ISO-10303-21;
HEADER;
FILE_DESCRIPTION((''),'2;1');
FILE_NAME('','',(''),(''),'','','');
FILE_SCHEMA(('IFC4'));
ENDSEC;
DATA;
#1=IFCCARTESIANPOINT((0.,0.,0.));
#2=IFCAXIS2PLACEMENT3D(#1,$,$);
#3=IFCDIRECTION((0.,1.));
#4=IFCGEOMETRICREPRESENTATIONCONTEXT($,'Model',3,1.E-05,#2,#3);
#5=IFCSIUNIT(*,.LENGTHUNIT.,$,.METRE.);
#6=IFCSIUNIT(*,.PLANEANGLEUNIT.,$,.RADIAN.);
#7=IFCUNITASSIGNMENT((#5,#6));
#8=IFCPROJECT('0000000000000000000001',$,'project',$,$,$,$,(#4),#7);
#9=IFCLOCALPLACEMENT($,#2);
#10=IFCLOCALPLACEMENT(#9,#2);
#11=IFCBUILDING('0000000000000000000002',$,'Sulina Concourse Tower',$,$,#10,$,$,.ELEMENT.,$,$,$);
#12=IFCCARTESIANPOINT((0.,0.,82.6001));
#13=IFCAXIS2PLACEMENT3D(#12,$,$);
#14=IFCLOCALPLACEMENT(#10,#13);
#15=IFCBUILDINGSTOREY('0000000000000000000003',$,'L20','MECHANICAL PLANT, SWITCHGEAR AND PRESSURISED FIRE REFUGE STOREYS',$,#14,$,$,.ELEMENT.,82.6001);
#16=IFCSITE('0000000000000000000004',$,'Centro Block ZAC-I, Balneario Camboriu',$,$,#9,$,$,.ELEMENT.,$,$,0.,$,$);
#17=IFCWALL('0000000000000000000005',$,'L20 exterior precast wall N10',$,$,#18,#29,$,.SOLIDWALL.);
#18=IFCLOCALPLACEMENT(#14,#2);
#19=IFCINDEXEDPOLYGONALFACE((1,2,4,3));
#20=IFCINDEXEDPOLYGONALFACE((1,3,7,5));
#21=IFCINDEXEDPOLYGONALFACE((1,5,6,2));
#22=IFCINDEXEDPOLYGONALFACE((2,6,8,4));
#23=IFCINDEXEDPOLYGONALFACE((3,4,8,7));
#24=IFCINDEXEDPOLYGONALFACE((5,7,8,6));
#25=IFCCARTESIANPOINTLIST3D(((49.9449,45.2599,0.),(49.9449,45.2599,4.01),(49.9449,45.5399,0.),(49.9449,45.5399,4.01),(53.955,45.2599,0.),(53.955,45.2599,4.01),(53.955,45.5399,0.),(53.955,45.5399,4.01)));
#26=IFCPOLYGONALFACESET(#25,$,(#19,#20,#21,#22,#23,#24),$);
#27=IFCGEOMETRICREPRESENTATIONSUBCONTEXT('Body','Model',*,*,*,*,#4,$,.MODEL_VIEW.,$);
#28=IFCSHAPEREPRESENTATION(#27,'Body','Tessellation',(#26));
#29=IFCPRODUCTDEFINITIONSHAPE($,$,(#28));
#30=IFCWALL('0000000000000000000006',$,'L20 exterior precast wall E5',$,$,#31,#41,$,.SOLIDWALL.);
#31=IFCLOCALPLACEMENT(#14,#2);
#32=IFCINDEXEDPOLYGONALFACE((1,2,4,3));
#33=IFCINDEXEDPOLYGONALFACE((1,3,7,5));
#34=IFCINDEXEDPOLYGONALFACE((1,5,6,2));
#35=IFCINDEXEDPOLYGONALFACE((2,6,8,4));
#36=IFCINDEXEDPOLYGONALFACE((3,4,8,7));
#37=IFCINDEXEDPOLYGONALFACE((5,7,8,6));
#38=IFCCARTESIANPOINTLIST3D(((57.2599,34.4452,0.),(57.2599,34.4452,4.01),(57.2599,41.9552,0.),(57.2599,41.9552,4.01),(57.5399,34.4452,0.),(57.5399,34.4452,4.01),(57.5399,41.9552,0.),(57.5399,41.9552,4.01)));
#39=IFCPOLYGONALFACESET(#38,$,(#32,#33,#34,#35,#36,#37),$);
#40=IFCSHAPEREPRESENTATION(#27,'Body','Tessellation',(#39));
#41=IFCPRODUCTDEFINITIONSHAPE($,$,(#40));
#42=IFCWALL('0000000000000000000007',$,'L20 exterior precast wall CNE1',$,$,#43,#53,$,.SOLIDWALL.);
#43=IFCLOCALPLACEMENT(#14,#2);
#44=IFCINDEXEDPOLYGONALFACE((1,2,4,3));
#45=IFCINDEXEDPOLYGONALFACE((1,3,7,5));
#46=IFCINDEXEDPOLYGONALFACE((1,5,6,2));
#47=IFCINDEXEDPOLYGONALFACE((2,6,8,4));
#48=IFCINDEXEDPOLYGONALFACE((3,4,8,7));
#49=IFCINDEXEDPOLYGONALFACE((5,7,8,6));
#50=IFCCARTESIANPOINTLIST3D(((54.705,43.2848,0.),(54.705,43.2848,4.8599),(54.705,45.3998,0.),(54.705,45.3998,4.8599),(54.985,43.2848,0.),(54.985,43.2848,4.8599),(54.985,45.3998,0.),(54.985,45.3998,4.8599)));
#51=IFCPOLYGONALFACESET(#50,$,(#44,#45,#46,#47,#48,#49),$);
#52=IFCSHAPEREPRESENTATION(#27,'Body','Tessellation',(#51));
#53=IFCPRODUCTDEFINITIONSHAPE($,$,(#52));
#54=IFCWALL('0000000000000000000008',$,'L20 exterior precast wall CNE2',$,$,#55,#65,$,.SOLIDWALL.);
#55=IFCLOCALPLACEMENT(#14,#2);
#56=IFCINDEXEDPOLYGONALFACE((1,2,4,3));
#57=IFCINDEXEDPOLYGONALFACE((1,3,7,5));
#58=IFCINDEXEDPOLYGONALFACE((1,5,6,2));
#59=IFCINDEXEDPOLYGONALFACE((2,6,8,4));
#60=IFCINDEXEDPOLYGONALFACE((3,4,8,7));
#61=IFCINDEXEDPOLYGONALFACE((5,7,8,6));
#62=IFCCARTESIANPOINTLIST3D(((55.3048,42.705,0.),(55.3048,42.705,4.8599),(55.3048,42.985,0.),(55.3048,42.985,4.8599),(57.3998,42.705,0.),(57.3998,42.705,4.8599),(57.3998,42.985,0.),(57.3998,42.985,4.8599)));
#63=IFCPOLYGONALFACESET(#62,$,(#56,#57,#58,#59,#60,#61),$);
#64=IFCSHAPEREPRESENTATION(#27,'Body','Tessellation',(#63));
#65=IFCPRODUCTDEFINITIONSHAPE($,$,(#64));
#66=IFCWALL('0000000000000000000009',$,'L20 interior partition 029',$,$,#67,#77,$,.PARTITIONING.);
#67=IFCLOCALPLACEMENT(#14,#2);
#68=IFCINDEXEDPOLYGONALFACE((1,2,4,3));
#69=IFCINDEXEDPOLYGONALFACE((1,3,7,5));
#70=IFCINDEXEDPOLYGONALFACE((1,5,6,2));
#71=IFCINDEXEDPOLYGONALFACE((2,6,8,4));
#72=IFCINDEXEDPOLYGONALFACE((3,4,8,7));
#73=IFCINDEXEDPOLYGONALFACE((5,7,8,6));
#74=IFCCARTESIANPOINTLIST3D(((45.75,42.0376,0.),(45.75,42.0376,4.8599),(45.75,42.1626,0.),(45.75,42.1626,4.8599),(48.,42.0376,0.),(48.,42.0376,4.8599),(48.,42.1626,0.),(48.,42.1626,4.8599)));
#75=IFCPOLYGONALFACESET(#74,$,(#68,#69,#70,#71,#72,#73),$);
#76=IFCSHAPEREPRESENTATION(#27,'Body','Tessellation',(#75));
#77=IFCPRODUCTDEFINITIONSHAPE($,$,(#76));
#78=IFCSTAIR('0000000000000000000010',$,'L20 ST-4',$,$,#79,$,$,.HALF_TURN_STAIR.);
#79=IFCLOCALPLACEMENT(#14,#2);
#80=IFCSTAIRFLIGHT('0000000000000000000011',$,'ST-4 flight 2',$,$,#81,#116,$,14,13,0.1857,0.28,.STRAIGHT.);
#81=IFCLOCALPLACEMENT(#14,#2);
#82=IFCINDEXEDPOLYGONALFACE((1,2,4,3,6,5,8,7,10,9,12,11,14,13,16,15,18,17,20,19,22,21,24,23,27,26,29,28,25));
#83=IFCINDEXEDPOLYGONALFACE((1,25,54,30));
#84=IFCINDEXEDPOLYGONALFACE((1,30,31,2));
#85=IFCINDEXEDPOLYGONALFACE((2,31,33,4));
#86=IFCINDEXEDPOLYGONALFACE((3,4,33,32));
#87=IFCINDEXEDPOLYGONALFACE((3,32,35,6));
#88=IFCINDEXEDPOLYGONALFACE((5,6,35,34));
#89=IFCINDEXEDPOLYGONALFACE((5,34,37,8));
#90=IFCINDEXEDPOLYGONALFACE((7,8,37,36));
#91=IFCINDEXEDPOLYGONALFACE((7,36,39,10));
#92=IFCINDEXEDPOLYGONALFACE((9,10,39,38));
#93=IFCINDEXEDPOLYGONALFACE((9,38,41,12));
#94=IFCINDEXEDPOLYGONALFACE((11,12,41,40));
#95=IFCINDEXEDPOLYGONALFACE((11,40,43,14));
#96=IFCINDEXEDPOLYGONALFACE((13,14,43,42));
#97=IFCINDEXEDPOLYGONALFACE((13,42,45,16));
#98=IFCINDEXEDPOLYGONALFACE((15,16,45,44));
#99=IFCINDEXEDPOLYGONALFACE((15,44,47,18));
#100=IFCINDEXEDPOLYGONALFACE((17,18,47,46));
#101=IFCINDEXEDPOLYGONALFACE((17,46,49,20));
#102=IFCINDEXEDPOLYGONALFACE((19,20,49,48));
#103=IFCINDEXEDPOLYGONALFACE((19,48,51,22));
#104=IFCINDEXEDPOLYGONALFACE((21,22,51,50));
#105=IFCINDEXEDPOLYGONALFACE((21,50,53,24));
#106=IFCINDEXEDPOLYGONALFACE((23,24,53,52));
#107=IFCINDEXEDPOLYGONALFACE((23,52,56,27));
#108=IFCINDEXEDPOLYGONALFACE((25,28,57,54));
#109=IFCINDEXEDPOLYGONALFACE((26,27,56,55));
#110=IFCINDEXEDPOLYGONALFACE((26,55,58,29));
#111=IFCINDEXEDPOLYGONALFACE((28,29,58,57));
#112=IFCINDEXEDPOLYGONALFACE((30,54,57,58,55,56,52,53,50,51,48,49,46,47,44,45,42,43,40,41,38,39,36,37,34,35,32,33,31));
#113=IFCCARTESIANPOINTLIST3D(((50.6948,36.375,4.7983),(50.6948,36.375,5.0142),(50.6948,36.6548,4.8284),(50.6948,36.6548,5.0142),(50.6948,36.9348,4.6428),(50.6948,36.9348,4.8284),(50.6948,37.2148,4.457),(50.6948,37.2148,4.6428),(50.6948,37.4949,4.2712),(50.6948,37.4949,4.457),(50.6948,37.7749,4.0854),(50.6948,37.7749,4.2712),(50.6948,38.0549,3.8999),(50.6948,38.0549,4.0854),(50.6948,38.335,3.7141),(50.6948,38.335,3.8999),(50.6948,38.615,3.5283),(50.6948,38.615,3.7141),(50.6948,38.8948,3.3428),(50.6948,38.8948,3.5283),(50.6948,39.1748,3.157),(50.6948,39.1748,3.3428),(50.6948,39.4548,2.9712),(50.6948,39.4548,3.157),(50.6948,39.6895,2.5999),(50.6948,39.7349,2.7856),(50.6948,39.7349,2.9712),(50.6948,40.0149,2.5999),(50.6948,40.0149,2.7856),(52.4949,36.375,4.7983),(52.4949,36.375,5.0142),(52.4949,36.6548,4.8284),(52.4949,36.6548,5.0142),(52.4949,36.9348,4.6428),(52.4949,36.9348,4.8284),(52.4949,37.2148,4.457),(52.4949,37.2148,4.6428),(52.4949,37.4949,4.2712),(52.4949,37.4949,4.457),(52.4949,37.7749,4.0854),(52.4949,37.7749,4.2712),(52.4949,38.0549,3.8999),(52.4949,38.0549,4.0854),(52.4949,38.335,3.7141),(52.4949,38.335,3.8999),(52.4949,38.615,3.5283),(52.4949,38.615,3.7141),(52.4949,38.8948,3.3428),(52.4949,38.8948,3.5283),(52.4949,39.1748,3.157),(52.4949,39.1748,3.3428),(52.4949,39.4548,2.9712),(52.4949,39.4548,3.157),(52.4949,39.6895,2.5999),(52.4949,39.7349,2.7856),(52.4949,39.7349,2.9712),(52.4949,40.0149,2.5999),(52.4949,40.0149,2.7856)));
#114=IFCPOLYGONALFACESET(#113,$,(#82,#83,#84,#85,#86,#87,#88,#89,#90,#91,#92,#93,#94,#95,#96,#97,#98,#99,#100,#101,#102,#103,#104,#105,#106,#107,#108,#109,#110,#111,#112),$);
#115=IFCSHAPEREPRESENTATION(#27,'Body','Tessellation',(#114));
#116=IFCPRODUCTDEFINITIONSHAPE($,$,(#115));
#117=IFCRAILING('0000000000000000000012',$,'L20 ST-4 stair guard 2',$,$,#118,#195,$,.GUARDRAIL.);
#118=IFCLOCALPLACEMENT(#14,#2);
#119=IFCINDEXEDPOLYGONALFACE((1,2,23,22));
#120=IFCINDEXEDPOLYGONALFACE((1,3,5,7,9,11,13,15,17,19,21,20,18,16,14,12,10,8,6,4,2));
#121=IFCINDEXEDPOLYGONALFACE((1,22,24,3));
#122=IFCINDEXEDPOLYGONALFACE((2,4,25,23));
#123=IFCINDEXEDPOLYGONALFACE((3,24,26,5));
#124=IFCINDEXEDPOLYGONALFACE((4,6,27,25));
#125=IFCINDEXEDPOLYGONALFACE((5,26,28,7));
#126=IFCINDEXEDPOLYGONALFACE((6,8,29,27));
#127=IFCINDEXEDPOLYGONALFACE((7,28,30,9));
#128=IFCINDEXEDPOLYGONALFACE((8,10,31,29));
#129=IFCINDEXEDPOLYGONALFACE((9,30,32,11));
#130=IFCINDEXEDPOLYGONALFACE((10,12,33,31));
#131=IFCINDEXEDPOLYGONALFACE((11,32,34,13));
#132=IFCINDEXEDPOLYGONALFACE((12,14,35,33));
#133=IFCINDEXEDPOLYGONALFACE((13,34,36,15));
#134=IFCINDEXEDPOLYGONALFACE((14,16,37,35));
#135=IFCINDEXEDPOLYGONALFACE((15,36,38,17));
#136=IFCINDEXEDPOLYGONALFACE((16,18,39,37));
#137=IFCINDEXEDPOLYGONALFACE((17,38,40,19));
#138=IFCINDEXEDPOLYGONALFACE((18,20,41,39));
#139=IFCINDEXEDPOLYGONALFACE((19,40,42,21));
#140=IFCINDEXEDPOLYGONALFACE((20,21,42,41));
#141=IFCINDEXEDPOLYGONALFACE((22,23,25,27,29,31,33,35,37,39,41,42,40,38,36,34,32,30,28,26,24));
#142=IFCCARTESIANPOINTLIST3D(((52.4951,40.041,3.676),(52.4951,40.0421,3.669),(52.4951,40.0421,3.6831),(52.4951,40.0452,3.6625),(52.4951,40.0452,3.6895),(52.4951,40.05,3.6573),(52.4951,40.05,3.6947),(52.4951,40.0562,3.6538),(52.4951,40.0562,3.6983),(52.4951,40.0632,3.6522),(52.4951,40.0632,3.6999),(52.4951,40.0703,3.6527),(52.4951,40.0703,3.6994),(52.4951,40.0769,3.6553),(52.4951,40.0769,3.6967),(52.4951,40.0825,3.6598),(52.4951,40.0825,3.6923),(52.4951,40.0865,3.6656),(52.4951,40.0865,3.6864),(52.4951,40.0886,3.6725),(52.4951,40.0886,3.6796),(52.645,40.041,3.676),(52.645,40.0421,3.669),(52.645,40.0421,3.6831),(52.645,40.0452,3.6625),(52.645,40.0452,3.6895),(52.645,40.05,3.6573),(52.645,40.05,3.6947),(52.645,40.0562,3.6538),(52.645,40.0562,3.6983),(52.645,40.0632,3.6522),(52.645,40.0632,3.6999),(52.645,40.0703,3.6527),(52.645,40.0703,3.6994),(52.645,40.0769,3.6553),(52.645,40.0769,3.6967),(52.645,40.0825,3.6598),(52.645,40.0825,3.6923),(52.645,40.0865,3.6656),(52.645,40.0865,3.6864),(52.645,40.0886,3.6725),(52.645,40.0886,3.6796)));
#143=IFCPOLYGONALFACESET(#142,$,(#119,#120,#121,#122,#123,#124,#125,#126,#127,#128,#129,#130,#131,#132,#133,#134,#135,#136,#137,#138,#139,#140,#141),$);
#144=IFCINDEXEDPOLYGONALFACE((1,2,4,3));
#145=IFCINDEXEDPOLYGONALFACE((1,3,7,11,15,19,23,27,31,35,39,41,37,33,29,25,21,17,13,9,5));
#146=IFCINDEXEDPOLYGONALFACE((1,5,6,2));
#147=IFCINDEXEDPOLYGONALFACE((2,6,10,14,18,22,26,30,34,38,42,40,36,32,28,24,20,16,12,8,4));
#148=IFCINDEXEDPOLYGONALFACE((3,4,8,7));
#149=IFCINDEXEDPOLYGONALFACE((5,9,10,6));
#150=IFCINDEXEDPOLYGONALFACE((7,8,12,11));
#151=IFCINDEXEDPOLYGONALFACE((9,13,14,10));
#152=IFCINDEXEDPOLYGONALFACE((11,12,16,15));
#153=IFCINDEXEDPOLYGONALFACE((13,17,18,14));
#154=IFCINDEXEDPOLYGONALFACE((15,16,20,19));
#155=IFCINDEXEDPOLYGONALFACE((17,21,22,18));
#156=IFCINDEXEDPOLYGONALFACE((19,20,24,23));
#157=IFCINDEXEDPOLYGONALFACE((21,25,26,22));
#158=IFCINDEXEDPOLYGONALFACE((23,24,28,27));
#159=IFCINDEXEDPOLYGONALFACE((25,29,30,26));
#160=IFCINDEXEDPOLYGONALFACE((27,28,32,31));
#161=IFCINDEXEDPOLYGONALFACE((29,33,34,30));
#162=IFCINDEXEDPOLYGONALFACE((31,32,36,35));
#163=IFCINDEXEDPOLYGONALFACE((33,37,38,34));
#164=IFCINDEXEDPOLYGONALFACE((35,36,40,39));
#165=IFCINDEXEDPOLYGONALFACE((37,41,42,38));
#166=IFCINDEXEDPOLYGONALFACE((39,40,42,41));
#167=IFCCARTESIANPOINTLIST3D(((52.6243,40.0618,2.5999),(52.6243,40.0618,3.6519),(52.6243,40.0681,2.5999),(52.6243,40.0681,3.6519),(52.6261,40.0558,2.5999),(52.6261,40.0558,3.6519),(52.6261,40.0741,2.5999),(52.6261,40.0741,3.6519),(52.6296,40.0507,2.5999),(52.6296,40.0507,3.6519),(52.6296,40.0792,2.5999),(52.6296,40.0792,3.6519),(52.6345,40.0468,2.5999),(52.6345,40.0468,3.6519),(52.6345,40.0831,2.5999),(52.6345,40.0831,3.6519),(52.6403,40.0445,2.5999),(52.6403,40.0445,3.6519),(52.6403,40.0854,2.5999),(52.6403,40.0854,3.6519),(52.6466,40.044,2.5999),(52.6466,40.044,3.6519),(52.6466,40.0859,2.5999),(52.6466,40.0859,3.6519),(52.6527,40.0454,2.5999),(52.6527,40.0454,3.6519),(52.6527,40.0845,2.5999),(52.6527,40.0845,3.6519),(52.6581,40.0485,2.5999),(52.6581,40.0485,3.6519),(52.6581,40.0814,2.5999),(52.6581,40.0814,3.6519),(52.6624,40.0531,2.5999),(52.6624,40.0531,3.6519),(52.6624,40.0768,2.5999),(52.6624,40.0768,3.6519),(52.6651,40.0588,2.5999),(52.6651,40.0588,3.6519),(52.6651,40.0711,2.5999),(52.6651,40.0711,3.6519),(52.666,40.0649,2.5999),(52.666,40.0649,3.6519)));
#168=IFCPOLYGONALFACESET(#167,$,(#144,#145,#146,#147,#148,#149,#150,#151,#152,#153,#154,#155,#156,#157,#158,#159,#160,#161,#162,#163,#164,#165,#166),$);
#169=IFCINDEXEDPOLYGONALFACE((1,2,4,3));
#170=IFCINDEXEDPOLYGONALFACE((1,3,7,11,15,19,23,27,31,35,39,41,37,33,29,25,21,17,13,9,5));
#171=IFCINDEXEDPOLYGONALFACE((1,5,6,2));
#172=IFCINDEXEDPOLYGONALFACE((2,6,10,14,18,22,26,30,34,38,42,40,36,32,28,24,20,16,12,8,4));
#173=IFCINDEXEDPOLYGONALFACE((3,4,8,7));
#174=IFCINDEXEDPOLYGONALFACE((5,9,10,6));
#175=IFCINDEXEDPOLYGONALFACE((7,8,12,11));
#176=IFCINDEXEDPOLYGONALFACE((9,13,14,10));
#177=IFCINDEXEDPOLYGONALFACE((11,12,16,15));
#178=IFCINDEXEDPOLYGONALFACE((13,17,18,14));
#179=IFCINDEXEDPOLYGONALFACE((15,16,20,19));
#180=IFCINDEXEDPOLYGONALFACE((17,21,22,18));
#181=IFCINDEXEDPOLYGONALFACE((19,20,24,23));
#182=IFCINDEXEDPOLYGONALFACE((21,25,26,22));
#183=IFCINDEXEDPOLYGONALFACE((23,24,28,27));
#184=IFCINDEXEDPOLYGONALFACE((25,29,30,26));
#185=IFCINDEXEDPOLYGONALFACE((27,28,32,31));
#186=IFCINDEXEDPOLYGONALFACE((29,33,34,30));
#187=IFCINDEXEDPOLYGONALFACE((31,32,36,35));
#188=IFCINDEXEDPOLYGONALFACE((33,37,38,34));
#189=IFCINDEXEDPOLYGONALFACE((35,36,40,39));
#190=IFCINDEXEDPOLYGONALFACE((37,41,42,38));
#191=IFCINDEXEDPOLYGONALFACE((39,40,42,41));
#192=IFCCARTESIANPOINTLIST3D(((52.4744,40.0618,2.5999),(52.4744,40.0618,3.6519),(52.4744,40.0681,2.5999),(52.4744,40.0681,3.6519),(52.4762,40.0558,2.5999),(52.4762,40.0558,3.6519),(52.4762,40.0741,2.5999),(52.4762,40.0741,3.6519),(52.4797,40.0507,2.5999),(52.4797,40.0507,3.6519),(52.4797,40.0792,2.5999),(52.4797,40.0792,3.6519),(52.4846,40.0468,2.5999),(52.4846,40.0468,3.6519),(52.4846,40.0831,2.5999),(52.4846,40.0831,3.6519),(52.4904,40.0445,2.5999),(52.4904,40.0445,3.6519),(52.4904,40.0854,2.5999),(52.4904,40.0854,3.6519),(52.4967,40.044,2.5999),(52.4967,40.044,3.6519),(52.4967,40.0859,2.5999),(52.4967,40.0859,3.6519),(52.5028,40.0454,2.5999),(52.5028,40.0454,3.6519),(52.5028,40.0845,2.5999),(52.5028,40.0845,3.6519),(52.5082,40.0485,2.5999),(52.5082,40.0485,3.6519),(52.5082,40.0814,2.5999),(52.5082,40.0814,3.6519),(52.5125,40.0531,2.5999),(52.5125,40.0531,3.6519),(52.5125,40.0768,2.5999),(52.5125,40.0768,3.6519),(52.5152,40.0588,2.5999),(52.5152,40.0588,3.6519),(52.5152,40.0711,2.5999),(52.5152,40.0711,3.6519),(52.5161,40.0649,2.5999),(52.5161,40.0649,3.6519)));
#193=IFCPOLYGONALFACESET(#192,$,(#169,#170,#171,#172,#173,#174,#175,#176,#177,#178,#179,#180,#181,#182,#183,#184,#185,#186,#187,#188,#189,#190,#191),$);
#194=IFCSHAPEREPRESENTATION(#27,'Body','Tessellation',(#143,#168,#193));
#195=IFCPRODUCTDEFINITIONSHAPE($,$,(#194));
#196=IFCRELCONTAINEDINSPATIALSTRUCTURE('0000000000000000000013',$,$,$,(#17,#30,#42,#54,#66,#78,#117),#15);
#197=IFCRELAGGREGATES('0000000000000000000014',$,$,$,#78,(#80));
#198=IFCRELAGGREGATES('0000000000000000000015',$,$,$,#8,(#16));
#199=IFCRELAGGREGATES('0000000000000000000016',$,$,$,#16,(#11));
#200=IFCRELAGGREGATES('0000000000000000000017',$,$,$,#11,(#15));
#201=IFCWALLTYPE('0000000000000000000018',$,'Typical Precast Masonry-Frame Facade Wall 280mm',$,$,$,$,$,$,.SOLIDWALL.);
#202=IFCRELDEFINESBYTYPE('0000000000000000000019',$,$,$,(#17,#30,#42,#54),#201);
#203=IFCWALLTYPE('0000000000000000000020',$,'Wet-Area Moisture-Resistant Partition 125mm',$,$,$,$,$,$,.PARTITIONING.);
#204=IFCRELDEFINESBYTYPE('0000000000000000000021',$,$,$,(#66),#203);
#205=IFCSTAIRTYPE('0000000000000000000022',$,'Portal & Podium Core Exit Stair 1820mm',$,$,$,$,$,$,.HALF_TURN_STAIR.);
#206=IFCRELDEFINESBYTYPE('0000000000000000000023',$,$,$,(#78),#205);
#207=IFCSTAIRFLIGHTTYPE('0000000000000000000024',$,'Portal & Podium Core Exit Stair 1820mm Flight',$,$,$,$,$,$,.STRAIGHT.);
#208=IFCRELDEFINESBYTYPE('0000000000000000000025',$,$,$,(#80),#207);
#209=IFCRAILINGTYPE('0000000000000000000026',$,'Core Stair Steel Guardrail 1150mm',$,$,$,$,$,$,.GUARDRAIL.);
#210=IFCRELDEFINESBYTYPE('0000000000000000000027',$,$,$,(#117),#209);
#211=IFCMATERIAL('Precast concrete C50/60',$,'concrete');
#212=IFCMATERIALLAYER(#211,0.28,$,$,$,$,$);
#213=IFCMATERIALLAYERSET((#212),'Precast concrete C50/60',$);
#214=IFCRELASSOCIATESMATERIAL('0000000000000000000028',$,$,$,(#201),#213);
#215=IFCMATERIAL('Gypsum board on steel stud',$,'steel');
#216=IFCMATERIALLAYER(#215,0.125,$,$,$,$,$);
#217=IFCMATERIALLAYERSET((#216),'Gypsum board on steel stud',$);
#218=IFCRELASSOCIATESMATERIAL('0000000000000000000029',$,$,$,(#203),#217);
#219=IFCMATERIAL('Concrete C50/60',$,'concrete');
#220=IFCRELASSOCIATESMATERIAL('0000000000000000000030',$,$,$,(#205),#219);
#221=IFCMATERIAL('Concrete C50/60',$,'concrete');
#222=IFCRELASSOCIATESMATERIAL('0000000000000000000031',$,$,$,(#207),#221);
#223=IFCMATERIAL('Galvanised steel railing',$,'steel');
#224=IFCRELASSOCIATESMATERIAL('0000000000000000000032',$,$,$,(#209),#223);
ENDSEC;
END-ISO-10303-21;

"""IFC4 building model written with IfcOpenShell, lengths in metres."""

from ifc_helpers import new_model, si_unit, direction, frame, frame_2d, origin, origin_2d, place, context, subcontext, project, spatial, polyline, rectangle, circle, outline, extrude, material, layer, layer_set, type_object, element, aggregate, save


model = new_model("IFC4")

# Units and contexts
model_context = context("Model", 3, precision=1e-05, world=origin(), true_north=direction((0.0, 1.0)))
body_context = subcontext(model_context, "Body", "Model", "MODEL_VIEW")
ifc_project = project(units=[si_unit("LENGTHUNIT", "METRE"), si_unit("PLANEANGLEUNIT", "RADIAN")], contexts=[model_context])

# Site, building, storey
site_placement = place(None, origin())
site = spatial("IfcSite", under=ifc_project, at=site_placement, Name="Centro Block ZAC-I, Balneario Camboriu", CompositionType="ELEMENT", RefElevation=0.0)
building_placement = place(site_placement, origin())
building = spatial("IfcBuilding", under=site, at=building_placement, Name="Sulina Concourse Tower", CompositionType="ELEMENT")
storey_placement = place(building_placement, frame((0.0, 0.0, 82.6001)))
storey = spatial("IfcBuildingStorey", under=building, at=storey_placement, Name="L20", Description="MECHANICAL PLANT, SWITCHGEAR AND PRESSURISED FIRE REFUGE STOREYS", CompositionType="ELEMENT", Elevation=82.6001)

# Walls
ifc_material_1 = material(Name="Precast concrete C50/60", Category="concrete")
ifc_layer_1 = layer(ifc_material_1, 0.28)
ifc_layer_set_1 = layer_set([ifc_layer_1], Name="Precast concrete C50/60")
wall_type_1 = type_object("IfcWallType", Name="Typical Precast Masonry-Frame Facade Wall 280mm", PredefinedType="SOLIDWALL", material=ifc_layer_set_1)
wall_1_placement = place(storey_placement, frame((49.9451, 45.3999, 0.0), z_axis=(0.0, 0.0, 1.0), x_axis=(1.0, 0.0, 0.0)))
element("IfcWall", 1, at=wall_1_placement, inside=storey, type_object=wall_type_1, Name="L20 exterior precast wall N10", PredefinedType="SOLIDWALL", context=body_context, shape_type="SweptSolid", body=[
    extrude(rectangle(XDim=4.01, YDim=0.28, at=frame_2d((2.0049, 0.0))), origin(), (0.0, 0.0, 1.0), 4.01),
])
wall_2_placement = place(storey_placement, frame((57.3999, 41.9551, 0.0), z_axis=(0.0, 0.0, 1.0), x_axis=(0.0, -1.0, 0.0)))
element("IfcWall", 2, at=wall_2_placement, inside=storey, type_object=wall_type_1, Name="L20 exterior precast wall E5", PredefinedType="SOLIDWALL", context=body_context, shape_type="SweptSolid", body=[
    extrude(rectangle(XDim=7.51, YDim=0.28, at=frame_2d((3.7549, 0.0))), origin(), (0.0, 0.0, 1.0), 4.01),
])
wall_3_placement = place(storey_placement, frame((54.845, 45.3999, 0.0), z_axis=(0.0, 0.0, 1.0), x_axis=(0.0, -1.0, 0.0)))
element("IfcWall", 3, at=wall_3_placement, inside=storey, type_object=wall_type_1, Name="L20 exterior precast wall CNE1", PredefinedType="SOLIDWALL", context=body_context, shape_type="SweptSolid", body=[
    extrude(rectangle(XDim=2.115, YDim=0.28, at=frame_2d((1.0576, 0.0))), origin(), (0.0, 0.0, 1.0), 4.8599),
])
wall_4_placement = place(storey_placement, frame((55.3049, 42.845, 0.0), z_axis=(0.0, 0.0, 1.0), x_axis=(1.0, 0.0, 0.0)))
element("IfcWall", 4, at=wall_4_placement, inside=storey, type_object=wall_type_1, Name="L20 exterior precast wall CNE2", PredefinedType="SOLIDWALL", context=body_context, shape_type="SweptSolid", body=[
    extrude(rectangle(XDim=2.095, YDim=0.28, at=frame_2d((1.0474, 0.0))), origin(), (0.0, 0.0, 1.0), 4.8599),
])
ifc_material_2 = material(Name="Gypsum board on steel stud", Category="steel")
ifc_layer_2 = layer(ifc_material_2, 0.125)
ifc_layer_set_2 = layer_set([ifc_layer_2], Name="Gypsum board on steel stud")
wall_type_2 = type_object("IfcWallType", Name="Wet-Area Moisture-Resistant Partition 125mm", PredefinedType="PARTITIONING", material=ifc_layer_set_2)
wall_5_placement = place(storey_placement, frame((45.75, 42.1001, 0.0), z_axis=(0.0, 0.0, 1.0), x_axis=(1.0, 0.0, 0.0)))
element("IfcWall", 5, at=wall_5_placement, inside=storey, type_object=wall_type_2, Name="L20 interior partition 029", PredefinedType="PARTITIONING", context=body_context, shape_type="SweptSolid", body=[
    extrude(rectangle(XDim=2.25, YDim=0.125, at=frame_2d((1.125, 0.0))), origin(), (0.0, 0.0, 1.0), 4.8599),
])

# Stair, stair flight
ifc_material_3 = material(Name="Concrete C50/60", Category="concrete")
stair_type = type_object("IfcStairType", Name="Portal & Podium Core Exit Stair 1820mm", PredefinedType="HALF_TURN_STAIR", material=ifc_material_3)
stair_placement = place(storey_placement, origin())
stair = element("IfcStair", 6, at=stair_placement, inside=storey, type_object=stair_type, Name="L20 ST-4", PredefinedType="HALF_TURN_STAIR")
ifc_material_4 = material(Name="Concrete C50/60", Category="concrete")
stair_flight_type = type_object("IfcStairFlightType", Name="Portal & Podium Core Exit Stair 1820mm Flight", PredefinedType="STRAIGHT", material=ifc_material_4)
stair_flight_placement = place(storey_placement, frame((51.595, 40.0149, 2.5999), z_axis=(0.0, 0.0, 1.0), x_axis=(0.0, -1.0, 0.0)))
stair_flight = element("IfcStairFlight", 7, at=stair_flight_placement, type_object=stair_flight_type, Name="ST-4 flight 2", NumberOfRisers=14, NumberOfTreads=13, PredefinedType="STRAIGHT", RiserHeight=0.1857, TreadLength=0.28, context=body_context, shape_type="SweptSolid", body=[
    extrude(outline(polyline([(0.0, 0.0), (0.0, 0.1858), (0.28, 0.1858), (0.28, 0.3713), (0.5601, 0.3713), (0.5601, 0.5571), (0.8401, 0.5571), (0.8401, 0.7429), (1.1201, 0.7429), (1.1201, 0.9285), (1.3999, 0.9285), (1.3999, 1.1143), (1.6799, 1.1143), (1.6799, 1.3), (1.96, 1.3), (1.96, 1.4856), (2.24, 1.4856), (2.24, 1.6714), (2.52, 1.6714), (2.52, 1.8572), (2.8, 1.8572), (2.8, 2.043), (3.0801, 2.043), (3.0801, 2.2285), (3.3601, 2.2285), (3.3601, 2.4143), (3.6399, 2.4143), (3.6399, 2.6001), (3.6399, 2.1985), (0.3254, 0.0), (0.0, 0.0)])), frame((0.0, 0.8999, 0.0), z_axis=(0.0, -1.0, 0.0), x_axis=(1.0, 0.0, 0.0)), (0.0, 0.0, 1.0), 1.8),
])
aggregate(stair, [stair_flight])

# Railing
ifc_material_5 = material(Name="Galvanised steel railing", Category="steel")
railing_type_1 = type_object("IfcRailingType", Name="Core Stair Steel Guardrail 1150mm", PredefinedType="GUARDRAIL", material=ifc_material_5)
railing_1_placement = place(storey_placement, frame((52.645, 40.0649, 2.5999)))
element("IfcRailing", 8, at=railing_1_placement, inside=storey, type_object=railing_type_1, Name="L20 ST-4 stair guard 2", PredefinedType="GUARDRAIL", context=body_context, shape_type="SweptSolid", body=[
    extrude(circle(Radius=0.0239, at=origin_2d()), frame((0.0, 0.0, 1.0762), z_axis=(-1.0, 0.0, 0.0), x_axis=(0.0, -1.0, 0.0)), (0.0, 0.0, 1.0), 0.1499),
    extrude(circle(Radius=0.021, at=origin_2d()), origin(), (0.0, 0.0, 1.0), 1.052),
    extrude(circle(Radius=0.021, at=origin_2d()), frame((-0.1499, 0.0, 0.0)), (0.0, 0.0, 1.0), 1.052),
])

save(model, "model.ifc")
